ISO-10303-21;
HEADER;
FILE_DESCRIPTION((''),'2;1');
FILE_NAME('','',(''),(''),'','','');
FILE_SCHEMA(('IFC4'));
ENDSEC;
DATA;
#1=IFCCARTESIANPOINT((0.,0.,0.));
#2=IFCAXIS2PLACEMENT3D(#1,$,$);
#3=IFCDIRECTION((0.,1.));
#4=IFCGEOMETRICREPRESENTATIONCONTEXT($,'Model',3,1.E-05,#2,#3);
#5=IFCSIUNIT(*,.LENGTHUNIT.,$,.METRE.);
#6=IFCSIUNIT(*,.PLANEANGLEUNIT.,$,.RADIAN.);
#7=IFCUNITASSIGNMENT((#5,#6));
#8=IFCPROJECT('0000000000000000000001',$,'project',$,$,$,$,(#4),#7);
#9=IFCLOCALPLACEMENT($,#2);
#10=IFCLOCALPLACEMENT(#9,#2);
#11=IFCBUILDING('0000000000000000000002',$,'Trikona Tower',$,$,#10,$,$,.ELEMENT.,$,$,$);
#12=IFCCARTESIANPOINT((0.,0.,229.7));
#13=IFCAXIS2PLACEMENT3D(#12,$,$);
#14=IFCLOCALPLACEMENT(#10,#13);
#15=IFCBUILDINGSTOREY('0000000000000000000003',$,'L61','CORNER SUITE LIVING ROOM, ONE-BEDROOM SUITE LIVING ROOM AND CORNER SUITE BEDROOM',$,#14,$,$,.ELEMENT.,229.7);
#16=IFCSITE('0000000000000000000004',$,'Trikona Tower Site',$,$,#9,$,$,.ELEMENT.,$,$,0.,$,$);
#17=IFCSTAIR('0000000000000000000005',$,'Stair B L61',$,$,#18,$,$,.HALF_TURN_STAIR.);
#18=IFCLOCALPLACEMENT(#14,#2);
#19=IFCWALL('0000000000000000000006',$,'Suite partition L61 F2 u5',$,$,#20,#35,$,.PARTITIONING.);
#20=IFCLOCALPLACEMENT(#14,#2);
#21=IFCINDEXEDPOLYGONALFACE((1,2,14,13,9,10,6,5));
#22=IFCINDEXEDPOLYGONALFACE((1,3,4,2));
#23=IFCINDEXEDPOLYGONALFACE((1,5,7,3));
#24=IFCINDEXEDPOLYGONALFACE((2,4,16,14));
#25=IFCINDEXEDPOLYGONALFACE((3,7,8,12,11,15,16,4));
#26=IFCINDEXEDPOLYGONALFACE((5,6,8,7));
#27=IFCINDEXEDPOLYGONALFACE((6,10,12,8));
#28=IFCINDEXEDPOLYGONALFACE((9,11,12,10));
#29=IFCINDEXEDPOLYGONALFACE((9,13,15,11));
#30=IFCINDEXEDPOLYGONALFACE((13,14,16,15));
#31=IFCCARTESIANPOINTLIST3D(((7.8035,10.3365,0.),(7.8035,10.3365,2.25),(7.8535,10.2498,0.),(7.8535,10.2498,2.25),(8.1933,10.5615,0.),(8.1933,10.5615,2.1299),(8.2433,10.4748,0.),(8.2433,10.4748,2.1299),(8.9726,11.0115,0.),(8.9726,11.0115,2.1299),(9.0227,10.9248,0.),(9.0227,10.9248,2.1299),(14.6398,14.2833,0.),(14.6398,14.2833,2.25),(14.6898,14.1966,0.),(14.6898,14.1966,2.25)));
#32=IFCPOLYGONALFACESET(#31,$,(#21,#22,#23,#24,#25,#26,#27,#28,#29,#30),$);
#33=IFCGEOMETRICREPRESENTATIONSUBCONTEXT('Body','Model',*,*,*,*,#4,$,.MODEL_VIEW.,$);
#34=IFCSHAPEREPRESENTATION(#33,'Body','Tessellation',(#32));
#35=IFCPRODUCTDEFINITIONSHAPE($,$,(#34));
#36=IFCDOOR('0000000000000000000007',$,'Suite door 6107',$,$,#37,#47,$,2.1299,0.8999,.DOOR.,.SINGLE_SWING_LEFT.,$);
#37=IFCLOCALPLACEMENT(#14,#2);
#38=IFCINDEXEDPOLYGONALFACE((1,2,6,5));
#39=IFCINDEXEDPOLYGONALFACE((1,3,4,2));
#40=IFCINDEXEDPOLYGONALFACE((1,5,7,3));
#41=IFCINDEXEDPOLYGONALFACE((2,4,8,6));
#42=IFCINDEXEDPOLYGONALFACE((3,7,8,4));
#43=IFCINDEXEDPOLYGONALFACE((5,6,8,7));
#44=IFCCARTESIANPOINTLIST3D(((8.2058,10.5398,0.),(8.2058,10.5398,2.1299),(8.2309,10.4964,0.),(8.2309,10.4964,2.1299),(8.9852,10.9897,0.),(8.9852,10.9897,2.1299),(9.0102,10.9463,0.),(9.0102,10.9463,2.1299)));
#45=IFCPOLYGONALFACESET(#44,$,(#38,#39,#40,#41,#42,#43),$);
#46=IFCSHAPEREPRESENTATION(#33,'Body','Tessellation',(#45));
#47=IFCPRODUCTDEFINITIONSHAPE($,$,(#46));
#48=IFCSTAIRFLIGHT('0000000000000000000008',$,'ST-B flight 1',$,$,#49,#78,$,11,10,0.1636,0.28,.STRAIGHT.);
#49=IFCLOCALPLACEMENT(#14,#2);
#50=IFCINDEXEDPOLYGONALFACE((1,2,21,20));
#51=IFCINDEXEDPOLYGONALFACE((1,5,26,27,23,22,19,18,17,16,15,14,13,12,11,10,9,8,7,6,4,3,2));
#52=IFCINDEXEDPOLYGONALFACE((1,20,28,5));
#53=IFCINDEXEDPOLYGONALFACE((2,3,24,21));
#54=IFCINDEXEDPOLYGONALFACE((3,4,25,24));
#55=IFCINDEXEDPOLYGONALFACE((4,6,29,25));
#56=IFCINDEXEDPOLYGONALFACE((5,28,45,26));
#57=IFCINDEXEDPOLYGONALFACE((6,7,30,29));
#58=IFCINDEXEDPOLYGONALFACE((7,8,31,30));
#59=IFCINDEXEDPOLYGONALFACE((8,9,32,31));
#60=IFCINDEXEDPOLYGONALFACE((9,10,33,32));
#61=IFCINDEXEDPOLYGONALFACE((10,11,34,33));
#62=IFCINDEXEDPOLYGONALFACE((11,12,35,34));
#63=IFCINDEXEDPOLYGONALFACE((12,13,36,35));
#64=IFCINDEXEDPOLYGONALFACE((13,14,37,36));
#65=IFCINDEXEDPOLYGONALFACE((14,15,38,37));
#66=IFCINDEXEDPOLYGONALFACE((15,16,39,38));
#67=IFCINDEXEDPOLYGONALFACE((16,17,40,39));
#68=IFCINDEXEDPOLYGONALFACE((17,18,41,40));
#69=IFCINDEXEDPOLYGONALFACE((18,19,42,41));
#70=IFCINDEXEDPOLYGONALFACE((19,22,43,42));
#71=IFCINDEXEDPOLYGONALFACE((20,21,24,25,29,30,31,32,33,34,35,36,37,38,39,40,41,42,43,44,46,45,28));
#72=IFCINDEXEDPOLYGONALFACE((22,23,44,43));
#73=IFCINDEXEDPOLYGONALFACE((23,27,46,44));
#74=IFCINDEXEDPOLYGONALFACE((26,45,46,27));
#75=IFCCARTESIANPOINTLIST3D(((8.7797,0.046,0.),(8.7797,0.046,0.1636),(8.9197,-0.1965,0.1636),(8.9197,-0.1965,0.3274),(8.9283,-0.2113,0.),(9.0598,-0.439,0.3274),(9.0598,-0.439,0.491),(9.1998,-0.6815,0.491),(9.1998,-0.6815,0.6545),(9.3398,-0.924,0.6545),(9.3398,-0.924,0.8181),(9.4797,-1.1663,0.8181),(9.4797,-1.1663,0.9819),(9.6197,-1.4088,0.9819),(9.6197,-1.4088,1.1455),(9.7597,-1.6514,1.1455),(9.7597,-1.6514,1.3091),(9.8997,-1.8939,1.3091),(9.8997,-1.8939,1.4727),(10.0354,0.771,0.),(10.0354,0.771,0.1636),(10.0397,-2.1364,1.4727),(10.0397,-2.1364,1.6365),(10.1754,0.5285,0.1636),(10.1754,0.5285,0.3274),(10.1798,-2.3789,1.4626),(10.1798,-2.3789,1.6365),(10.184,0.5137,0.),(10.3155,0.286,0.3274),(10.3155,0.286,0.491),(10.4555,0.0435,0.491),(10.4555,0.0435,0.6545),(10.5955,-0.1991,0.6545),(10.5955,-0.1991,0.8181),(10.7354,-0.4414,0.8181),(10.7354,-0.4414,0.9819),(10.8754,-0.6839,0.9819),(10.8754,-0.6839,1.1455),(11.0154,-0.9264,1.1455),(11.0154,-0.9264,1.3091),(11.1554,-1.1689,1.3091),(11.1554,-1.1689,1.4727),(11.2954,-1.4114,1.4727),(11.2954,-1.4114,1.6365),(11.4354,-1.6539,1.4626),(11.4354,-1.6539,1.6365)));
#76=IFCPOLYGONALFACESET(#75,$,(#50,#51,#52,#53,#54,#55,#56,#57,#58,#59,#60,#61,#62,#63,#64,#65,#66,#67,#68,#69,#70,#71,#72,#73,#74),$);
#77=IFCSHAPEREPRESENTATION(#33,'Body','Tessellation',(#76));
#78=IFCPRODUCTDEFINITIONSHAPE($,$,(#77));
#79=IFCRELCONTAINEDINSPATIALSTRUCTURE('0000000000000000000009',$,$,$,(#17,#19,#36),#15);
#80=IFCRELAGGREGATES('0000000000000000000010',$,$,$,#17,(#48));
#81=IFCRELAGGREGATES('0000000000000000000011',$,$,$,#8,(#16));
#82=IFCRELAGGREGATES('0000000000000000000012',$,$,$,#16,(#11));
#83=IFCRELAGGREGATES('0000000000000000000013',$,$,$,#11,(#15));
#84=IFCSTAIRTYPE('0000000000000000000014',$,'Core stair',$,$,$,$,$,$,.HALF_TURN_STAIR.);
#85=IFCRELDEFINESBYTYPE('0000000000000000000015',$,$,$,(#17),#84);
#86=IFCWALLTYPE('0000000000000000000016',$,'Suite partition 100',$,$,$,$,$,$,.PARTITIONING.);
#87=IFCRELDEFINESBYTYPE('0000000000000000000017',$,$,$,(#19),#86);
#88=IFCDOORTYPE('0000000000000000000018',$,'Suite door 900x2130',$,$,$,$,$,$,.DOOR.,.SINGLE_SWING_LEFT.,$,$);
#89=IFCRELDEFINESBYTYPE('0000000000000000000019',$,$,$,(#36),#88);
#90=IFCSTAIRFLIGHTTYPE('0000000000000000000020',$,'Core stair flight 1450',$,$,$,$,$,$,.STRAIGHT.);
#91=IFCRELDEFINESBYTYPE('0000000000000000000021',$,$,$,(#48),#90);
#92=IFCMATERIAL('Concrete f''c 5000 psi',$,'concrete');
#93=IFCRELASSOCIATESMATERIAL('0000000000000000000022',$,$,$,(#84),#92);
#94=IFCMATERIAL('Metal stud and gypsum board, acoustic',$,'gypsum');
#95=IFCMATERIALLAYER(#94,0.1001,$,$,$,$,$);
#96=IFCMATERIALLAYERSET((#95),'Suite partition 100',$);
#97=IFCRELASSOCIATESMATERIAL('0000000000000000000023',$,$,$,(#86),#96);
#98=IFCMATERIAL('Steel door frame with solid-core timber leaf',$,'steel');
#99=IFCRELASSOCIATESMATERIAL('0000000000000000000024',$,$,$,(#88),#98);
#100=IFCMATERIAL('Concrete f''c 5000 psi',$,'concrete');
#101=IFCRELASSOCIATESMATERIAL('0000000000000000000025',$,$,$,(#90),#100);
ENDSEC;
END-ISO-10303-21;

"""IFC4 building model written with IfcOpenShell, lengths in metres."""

from ifc_helpers import new_model, si_unit, direction, frame, frame_2d, origin, place, context, subcontext, project, spatial, polyline, rectangle, outline, extrude, material, layer, layer_set, type_object, element, fill, aggregate, save


model = new_model("IFC4")

# Units and contexts
model_context = context("Model", 3, precision=1e-05, world=origin(), true_north=direction((0.0, 1.0)))
body_context = subcontext(model_context, "Body", "Model", "MODEL_VIEW")
ifc_project = project(units=[si_unit("LENGTHUNIT", "METRE"), si_unit("PLANEANGLEUNIT", "RADIAN")], contexts=[model_context])

# Site, building, storey
site_placement = place(None, origin())
site = spatial("IfcSite", under=ifc_project, at=site_placement, Name="Trikona Tower Site", CompositionType="ELEMENT", RefElevation=0.0)
building_placement = place(site_placement, origin())
building = spatial("IfcBuilding", under=site, at=building_placement, Name="Trikona Tower", CompositionType="ELEMENT")
storey_placement = place(building_placement, frame((0.0, 0.0, 229.7)))
storey = spatial("IfcBuildingStorey", under=building, at=storey_placement, Name="L61", Description="CORNER SUITE LIVING ROOM, ONE-BEDROOM SUITE LIVING ROOM AND CORNER SUITE BEDROOM", CompositionType="ELEMENT", Elevation=229.7)

# Stair
ifc_material_1 = material(Name="Concrete f'c 5000 psi", Category="concrete")
stair_type = type_object("IfcStairType", Name="Core stair", PredefinedType="HALF_TURN_STAIR", material=ifc_material_1)
stair_1_placement = place(storey_placement, origin())
stair_1 = element("IfcStair", 1, at=stair_1_placement, inside=storey, type_object=stair_type, Name="Stair B L61", PredefinedType="HALF_TURN_STAIR")

# Wall, opening, door
ifc_material_2 = material(Name="Metal stud and gypsum board, acoustic", Category="gypsum")
ifc_layer_1 = layer(ifc_material_2, 0.1001)
ifc_layer_set_1 = layer_set([ifc_layer_1], Name="Suite partition 100")
wall_type_1 = type_object("IfcWallType", Name="Suite partition 100", PredefinedType="PARTITIONING", material=ifc_layer_set_1)
wall_1_placement = place(storey_placement, frame((7.8286, 10.2932, 0.0), z_axis=(0.0, 0.0, 1.0), x_axis=(0.866031, 0.499991, 0.0)))
wall_1 = element("IfcWall", 2, at=wall_1_placement, inside=storey, type_object=wall_type_1, Name="Suite partition L61 F2 u5", PredefinedType="PARTITIONING", context=body_context, shape_type="SweptSolid", body=[
    extrude(rectangle(XDim=7.8938, YDim=0.1001, at=frame_2d((3.9468, 0.0))), origin(), (0.0, 0.0, 1.0), 2.25),
])
opening_1_placement = place(wall_1_placement, frame((0.45, 0.0, 0.0)))
opening_1 = element("IfcOpeningElement", 3, at=opening_1_placement, cuts=wall_1, PredefinedType="OPENING", context=body_context, shape_type="SweptSolid", body=[
    extrude(rectangle(XDim=0.8999, YDim=2.1299, at=frame_2d((0.45, 1.0649))), frame((0.0, 0.0601, 0.0), z_axis=(0.0, -1.0, 0.0), x_axis=(1.0, 0.0, 0.0)), (0.0, 0.0, 1.0), 0.1201),
])
ifc_material_3 = material(Name="Steel door frame with solid-core timber leaf", Category="steel")
door_type_1 = type_object("IfcDoorType", Name="Suite door 900x2130", OperationType="SINGLE_SWING_LEFT", PredefinedType="DOOR", material=ifc_material_3)
door_1_placement = place(opening_1_placement, origin())
door_1 = element("IfcDoor", 4, at=door_1_placement, inside=storey, type_object=door_type_1, Name="Suite door 6107", OperationType="SINGLE_SWING_LEFT", OverallHeight=2.1299, OverallWidth=0.8999, PredefinedType="DOOR", context=body_context, shape_type="SweptSolid", body=[
    extrude(rectangle(XDim=0.8999, YDim=2.1299, at=frame_2d((0.45, 1.0649))), frame((0.0, 0.0249, 0.0), z_axis=(0.0, -1.0, 0.0), x_axis=(1.0, 0.0, 0.0)), (0.0, 0.0, 1.0), 0.05),
])
fill(opening_1, door_1)

# Stair flight
ifc_material_4 = material(Name="Concrete f'c 5000 psi", Category="concrete")
stair_flight_type = type_object("IfcStairFlightType", Name="Core stair flight 1450", PredefinedType="STRAIGHT", material=ifc_material_4)
stair_flight_placement = place(storey_placement, frame((9.4075, 0.4084, 0.0), z_axis=(0.0, 0.0, 1.0), x_axis=(0.5, -0.866025, 0.0)))
stair_flight = element("IfcStairFlight", 5, at=stair_flight_placement, type_object=stair_flight_type, Name="ST-B flight 1", NumberOfRisers=11, NumberOfTreads=10, PredefinedType="STRAIGHT", RiserHeight=0.1636, TreadLength=0.28, context=body_context, shape_type="SweptSolid", body=[
    extrude(outline(polyline([(0.0, 0.0), (0.0, 0.1636), (0.28, 0.1636), (0.28, 0.3274), (0.5601, 0.3274), (0.5601, 0.491), (0.8401, 0.491), (0.8401, 0.6545), (1.1201, 0.6545), (1.1201, 0.8181), (1.3999, 0.8181), (1.3999, 0.9819), (1.6799, 0.9819), (1.6799, 1.1455), (1.96, 1.1455), (1.96, 1.3091), (2.24, 1.3091), (2.24, 1.4727), (2.52, 1.4727), (2.52, 1.6365), (2.8, 1.6365), (2.8, 1.8), (2.8, 1.4626), (0.2971, 0.0), (0.0, 0.0)])), frame((0.0, 0.7251, 0.0), z_axis=(0.0, -1.0, 0.0), x_axis=(1.0, 0.0, 0.0)), (0.0, 0.0, 1.0), 1.45),
])
aggregate(stair_1, [stair_flight])

save(model, "model.ifc")
